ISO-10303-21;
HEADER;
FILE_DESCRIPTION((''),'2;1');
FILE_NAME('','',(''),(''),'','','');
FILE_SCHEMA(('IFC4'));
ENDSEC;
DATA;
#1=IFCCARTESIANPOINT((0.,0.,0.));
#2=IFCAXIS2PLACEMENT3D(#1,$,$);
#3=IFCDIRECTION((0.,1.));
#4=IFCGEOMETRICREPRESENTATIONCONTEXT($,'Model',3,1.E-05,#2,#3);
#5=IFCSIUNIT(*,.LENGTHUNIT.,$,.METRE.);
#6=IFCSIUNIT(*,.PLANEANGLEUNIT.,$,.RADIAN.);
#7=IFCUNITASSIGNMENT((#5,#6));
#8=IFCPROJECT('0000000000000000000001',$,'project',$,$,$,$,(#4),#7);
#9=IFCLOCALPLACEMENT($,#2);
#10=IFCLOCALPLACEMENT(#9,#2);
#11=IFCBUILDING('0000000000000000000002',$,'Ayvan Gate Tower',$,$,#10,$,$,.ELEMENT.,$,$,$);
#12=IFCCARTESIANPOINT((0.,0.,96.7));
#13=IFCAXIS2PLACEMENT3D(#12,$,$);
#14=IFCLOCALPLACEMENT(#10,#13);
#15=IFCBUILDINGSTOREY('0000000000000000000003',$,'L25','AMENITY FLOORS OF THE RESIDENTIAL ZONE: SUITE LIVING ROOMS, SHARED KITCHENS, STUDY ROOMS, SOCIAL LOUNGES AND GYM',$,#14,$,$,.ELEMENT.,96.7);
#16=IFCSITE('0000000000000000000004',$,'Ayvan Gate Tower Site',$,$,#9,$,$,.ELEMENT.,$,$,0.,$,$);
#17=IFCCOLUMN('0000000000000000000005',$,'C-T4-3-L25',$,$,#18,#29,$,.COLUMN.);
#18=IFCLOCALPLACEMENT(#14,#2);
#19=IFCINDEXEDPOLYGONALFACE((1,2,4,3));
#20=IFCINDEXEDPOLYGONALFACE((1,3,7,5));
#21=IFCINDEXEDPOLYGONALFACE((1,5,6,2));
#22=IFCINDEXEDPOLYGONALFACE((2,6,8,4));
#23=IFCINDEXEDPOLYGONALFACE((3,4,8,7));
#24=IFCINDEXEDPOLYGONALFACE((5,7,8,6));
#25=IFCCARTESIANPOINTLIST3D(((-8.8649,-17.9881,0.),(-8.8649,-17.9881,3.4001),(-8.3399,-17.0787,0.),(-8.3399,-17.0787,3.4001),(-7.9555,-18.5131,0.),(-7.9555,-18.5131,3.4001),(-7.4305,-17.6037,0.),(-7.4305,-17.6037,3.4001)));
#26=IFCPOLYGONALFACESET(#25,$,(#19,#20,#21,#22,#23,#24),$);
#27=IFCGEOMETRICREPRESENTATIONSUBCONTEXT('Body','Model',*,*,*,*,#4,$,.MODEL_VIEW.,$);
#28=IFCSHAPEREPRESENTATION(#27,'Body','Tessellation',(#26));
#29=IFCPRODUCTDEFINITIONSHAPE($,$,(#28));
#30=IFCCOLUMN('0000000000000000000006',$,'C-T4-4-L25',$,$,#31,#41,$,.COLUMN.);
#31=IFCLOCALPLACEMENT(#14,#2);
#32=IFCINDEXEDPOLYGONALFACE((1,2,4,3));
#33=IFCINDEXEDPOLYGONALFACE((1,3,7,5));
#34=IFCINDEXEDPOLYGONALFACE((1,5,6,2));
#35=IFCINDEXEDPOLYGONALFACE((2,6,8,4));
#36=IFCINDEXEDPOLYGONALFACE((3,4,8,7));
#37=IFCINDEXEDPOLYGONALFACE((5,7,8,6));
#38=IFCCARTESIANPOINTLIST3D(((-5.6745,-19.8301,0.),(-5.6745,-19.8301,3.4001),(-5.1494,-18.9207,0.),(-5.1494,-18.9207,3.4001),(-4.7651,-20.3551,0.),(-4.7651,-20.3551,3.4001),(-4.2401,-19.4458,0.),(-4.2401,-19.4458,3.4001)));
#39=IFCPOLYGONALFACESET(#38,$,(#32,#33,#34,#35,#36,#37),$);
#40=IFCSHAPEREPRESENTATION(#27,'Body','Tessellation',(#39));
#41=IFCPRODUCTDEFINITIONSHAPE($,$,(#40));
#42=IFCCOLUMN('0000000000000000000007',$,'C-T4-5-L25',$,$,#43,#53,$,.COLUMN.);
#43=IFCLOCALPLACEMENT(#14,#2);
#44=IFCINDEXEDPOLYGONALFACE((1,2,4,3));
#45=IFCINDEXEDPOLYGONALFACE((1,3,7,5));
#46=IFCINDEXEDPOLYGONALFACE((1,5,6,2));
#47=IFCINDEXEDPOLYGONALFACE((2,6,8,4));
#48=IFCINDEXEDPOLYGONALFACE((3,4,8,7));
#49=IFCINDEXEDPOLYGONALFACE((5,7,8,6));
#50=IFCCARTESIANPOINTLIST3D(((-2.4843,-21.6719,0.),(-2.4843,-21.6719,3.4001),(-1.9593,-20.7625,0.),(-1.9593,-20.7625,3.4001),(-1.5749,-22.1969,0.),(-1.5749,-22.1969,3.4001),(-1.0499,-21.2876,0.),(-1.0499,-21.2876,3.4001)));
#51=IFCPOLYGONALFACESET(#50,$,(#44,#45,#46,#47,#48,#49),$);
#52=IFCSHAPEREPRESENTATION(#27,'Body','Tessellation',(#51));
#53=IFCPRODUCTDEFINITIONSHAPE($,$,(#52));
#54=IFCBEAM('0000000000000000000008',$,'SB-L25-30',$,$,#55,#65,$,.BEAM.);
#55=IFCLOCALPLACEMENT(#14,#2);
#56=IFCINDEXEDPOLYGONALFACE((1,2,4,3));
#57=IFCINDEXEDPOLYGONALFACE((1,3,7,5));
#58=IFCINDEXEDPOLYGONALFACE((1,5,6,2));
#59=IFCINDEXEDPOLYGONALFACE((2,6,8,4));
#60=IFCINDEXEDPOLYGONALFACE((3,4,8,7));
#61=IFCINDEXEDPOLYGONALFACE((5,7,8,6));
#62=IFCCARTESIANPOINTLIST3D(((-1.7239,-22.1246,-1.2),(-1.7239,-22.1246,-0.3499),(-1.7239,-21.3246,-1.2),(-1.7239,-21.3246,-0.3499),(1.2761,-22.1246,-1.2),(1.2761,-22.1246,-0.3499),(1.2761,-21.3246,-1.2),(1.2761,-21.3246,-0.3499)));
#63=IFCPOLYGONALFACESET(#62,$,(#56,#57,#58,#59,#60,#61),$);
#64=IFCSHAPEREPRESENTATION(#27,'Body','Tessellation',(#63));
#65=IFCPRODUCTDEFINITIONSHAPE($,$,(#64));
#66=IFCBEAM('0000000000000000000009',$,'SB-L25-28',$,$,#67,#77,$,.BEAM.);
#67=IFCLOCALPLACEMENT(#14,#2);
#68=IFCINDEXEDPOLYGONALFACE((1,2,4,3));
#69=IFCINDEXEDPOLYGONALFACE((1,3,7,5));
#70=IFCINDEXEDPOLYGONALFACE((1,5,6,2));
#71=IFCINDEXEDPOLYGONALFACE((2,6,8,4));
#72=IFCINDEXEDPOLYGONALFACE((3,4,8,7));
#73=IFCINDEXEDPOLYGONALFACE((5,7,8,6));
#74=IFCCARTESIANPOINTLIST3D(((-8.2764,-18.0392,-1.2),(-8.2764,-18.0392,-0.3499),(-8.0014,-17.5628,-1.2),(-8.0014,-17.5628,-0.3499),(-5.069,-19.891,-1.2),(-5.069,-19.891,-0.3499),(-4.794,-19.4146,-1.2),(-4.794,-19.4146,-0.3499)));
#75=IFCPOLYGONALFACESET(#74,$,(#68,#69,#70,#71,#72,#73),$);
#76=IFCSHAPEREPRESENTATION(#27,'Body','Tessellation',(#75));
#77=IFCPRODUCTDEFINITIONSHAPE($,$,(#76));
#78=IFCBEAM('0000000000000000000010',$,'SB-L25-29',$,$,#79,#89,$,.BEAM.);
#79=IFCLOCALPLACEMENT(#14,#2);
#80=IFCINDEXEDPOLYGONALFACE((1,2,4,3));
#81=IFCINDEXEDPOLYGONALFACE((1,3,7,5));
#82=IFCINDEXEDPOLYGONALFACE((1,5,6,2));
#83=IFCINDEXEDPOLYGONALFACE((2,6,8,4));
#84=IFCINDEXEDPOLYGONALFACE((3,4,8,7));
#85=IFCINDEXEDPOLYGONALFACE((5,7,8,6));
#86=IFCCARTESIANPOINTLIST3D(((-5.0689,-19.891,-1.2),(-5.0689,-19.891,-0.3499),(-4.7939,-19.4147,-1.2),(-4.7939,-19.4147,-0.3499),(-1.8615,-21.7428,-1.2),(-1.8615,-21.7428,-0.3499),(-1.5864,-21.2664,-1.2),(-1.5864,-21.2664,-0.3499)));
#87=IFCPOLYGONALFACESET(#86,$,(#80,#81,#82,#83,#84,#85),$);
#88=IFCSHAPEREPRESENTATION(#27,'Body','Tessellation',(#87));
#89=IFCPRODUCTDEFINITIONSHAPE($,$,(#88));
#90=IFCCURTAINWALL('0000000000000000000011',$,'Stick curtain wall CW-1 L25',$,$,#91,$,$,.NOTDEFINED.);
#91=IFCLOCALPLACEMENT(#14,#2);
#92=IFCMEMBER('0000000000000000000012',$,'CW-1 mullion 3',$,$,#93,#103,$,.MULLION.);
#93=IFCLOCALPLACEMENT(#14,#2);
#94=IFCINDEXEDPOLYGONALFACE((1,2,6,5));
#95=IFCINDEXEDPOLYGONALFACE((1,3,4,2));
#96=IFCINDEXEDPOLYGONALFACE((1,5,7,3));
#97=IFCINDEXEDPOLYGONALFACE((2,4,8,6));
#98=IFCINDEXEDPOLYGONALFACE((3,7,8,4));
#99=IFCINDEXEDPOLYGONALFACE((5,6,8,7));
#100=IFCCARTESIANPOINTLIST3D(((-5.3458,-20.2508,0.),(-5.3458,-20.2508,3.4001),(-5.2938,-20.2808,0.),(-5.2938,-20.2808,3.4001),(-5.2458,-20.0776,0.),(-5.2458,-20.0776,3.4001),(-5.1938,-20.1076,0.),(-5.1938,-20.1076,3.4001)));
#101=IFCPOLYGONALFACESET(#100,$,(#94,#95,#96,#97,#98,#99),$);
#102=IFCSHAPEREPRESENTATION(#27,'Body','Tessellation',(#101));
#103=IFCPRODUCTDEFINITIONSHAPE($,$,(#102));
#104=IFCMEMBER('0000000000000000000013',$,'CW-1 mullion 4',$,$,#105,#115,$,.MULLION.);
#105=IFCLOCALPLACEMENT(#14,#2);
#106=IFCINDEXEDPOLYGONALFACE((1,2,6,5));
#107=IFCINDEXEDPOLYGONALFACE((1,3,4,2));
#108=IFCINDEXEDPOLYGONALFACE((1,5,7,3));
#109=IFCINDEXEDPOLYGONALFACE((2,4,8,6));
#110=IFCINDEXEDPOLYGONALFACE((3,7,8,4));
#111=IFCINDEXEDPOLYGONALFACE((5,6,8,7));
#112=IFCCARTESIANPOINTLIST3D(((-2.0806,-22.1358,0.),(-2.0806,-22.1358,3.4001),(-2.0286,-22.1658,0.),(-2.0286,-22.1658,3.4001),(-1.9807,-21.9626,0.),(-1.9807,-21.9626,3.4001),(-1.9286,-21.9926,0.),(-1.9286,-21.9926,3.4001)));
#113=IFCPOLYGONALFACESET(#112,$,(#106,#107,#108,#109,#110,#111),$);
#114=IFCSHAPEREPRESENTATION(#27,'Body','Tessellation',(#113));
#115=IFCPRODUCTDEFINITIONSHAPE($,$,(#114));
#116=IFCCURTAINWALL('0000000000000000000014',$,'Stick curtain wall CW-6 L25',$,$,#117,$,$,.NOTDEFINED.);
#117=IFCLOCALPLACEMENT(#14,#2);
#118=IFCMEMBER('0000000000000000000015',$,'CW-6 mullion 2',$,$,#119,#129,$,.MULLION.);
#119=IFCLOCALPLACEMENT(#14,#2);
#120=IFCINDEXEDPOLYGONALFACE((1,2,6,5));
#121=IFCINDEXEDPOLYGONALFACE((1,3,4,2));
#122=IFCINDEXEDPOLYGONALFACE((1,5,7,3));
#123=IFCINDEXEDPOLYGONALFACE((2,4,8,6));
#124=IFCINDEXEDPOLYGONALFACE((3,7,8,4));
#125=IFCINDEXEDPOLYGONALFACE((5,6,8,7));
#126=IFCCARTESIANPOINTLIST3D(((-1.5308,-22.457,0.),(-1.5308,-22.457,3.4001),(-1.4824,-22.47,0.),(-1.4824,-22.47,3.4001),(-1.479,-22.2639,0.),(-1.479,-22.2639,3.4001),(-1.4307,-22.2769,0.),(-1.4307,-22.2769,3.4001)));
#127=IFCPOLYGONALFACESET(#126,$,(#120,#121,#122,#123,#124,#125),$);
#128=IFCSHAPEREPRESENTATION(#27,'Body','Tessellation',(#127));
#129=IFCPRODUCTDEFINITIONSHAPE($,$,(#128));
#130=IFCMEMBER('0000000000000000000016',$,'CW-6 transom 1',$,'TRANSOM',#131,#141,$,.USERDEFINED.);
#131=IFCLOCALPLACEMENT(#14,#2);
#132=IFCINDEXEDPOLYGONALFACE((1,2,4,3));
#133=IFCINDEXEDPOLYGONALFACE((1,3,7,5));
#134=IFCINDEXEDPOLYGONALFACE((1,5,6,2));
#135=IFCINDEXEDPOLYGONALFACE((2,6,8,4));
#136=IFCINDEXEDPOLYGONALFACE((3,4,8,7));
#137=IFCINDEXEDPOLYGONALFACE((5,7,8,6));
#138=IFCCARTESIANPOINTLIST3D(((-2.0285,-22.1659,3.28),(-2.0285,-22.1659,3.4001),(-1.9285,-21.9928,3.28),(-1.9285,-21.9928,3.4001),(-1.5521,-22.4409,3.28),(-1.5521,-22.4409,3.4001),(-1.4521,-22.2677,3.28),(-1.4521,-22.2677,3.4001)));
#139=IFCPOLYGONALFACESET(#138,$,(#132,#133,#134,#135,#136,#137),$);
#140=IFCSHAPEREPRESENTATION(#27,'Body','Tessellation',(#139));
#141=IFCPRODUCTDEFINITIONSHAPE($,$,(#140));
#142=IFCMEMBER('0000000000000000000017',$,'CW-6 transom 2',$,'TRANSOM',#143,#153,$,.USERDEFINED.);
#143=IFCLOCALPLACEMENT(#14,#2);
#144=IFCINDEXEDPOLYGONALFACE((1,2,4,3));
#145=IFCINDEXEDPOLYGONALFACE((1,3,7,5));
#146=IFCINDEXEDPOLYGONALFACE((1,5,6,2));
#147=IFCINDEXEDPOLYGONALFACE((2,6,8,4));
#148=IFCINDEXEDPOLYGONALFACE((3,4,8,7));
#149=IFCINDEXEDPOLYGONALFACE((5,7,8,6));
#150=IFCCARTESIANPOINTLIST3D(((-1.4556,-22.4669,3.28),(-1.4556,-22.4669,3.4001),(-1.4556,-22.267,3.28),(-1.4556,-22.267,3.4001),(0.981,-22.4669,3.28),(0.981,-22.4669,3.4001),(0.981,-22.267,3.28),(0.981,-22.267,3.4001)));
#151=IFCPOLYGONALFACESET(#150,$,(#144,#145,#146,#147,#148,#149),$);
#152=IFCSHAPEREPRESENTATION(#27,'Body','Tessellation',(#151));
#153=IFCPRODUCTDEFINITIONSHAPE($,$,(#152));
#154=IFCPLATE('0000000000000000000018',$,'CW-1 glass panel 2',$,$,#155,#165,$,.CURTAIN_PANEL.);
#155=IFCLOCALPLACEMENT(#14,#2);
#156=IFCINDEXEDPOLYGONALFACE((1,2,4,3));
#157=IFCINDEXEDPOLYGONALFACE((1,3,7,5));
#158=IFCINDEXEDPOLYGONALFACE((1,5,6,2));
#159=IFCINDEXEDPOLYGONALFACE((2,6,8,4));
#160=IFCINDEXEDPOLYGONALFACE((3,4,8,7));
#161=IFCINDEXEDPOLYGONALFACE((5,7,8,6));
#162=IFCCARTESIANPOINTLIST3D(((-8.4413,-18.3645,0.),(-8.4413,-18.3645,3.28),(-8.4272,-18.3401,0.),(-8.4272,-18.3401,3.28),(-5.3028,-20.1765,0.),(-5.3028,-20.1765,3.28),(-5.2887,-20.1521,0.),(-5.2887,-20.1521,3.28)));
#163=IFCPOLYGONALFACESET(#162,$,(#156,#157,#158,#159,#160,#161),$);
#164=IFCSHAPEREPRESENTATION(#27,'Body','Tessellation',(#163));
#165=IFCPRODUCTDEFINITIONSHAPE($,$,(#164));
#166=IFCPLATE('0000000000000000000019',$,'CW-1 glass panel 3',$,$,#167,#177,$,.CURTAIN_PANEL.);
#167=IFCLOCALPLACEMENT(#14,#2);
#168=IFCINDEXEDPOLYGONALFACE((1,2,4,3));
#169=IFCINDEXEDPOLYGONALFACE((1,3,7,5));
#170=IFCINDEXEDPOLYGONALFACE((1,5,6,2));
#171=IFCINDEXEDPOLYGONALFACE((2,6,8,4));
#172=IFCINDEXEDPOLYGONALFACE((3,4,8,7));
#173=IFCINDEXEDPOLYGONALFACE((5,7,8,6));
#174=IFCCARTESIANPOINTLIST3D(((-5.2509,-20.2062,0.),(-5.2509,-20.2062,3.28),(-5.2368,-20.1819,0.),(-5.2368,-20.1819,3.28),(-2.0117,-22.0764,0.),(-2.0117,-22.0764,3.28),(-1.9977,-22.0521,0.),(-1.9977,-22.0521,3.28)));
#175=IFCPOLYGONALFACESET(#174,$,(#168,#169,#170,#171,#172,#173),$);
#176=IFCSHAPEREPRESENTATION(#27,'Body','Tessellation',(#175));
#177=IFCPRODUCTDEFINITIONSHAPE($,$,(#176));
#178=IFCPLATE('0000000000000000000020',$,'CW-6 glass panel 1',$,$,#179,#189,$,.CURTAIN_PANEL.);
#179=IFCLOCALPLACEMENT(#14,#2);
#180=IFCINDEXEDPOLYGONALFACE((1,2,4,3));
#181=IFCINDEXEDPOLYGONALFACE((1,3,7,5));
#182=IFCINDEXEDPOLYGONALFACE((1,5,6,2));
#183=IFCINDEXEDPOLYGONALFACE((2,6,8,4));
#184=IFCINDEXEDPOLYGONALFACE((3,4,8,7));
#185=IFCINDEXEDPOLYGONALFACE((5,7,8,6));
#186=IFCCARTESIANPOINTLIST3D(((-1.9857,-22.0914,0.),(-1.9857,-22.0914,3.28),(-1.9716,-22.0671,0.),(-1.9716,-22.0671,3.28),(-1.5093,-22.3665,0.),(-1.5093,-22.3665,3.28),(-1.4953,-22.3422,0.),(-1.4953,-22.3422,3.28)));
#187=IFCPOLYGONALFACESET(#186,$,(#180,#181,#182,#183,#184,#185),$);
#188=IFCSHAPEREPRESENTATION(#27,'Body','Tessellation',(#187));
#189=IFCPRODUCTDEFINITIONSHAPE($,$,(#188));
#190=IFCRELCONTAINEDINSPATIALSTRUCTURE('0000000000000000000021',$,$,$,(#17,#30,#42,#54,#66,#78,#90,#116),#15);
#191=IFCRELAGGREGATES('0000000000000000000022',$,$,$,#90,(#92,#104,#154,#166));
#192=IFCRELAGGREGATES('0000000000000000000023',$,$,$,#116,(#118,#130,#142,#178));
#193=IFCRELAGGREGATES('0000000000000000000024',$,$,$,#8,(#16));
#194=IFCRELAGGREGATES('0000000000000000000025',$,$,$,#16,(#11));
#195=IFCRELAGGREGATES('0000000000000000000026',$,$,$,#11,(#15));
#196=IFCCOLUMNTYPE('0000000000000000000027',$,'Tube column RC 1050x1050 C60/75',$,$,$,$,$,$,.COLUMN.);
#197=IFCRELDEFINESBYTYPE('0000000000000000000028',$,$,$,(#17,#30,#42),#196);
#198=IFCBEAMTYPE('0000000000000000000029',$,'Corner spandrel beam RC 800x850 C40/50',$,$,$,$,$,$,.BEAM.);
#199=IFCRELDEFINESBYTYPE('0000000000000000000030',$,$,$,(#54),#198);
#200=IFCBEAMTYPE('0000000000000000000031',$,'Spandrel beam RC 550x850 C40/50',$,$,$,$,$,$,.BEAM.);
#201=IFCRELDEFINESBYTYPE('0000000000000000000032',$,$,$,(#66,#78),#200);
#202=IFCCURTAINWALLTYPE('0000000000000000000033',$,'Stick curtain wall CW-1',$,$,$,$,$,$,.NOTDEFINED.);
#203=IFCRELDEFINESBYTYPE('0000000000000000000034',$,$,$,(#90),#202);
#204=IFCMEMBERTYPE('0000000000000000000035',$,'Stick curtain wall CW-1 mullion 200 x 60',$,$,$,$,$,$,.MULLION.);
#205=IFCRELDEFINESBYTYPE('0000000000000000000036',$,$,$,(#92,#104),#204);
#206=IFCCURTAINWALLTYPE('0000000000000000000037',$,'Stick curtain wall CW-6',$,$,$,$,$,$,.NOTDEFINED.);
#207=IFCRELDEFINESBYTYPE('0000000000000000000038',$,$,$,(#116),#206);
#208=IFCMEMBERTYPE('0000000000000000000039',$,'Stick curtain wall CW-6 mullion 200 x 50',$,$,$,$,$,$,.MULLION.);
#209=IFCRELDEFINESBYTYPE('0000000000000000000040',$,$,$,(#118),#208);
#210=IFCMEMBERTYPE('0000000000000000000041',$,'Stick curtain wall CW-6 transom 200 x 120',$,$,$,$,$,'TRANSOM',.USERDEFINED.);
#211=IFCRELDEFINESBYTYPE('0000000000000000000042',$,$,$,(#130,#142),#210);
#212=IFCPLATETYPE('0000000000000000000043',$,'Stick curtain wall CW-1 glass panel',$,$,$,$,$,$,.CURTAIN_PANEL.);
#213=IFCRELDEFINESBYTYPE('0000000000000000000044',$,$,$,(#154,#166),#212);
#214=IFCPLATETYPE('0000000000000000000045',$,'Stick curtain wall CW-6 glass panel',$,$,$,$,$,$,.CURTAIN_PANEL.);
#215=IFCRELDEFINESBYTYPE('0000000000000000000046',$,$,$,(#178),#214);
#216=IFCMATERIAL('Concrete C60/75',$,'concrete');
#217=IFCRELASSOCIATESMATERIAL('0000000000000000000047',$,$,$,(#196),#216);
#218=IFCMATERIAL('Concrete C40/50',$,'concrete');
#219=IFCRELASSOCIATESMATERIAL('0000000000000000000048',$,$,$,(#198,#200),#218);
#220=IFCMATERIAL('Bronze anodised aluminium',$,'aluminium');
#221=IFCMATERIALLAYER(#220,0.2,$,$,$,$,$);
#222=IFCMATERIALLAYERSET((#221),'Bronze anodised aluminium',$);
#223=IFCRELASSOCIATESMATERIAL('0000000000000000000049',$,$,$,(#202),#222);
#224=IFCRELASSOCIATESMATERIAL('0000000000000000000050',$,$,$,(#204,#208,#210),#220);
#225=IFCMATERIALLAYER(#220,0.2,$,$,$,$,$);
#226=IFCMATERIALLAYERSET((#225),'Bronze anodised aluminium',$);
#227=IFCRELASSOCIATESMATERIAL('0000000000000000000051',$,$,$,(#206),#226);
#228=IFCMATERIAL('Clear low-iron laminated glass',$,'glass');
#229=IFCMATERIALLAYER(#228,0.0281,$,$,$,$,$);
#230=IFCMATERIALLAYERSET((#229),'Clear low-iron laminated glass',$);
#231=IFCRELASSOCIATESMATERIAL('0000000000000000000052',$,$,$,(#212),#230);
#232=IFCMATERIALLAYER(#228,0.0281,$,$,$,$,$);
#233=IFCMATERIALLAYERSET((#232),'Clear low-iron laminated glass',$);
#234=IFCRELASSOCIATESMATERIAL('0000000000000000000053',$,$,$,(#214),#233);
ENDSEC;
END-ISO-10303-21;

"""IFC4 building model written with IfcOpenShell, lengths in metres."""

from ifc_helpers import new_model, si_unit, direction, frame, origin, origin_2d, place, context, subcontext, project, spatial, rectangle, extrude, material, layer, layer_set, material_profile, profile_set, type_object, element, aggregate, save


model = new_model("IFC4")

# Units and contexts
model_context = context("Model", 3, precision=1e-05, world=origin(), true_north=direction((0.0, 1.0)))
body_context = subcontext(model_context, "Body", "Model", "MODEL_VIEW")
ifc_project = project(units=[si_unit("LENGTHUNIT", "METRE"), si_unit("PLANEANGLEUNIT", "RADIAN")], contexts=[model_context])

# Site, building, storey
site_placement = place(None, origin())
site = spatial("IfcSite", under=ifc_project, at=site_placement, Name="Ayvan Gate Tower Site", CompositionType="ELEMENT", RefElevation=0.0)
building_placement = place(site_placement, origin())
building = spatial("IfcBuilding", under=site, at=building_placement, Name="Ayvan Gate Tower", CompositionType="ELEMENT")
storey_placement = place(building_placement, frame((0.0, 0.0, 96.7)))
storey = spatial("IfcBuildingStorey", under=building, at=storey_placement, Name="L25", Description="AMENITY FLOORS OF THE RESIDENTIAL ZONE: SUITE LIVING ROOMS, SHARED KITCHENS, STUDY ROOMS, SOCIAL LOUNGES AND GYM", CompositionType="ELEMENT", Elevation=96.7)

# Columns
ifc_material_1 = material(Name="Concrete C60/75", Category="concrete")
ifc_material_profile_1 = material_profile(ifc_material_1, rectangle(XDim=1.05, YDim=1.05, at=origin_2d()), Name="RC 1050x1050")
ifc_profile_set_1 = profile_set([ifc_material_profile_1], Name="Concrete C60/75")
column_type = type_object("IfcColumnType", Name="Tube column RC 1050x1050 C60/75", PredefinedType="COLUMN", material=ifc_profile_set_1)
for number, where, z_axis, x_axis, name in (
    (1, (-8.1477, -17.7959, 0.0), (0.0, 0.0, 1.0), (-0.5, -0.866025, 0.0), "C-T4-3-L25"),
    (2, (-4.9573, -19.6379, 0.0), (0.0, 0.0, 1.0), (-0.5, -0.866025, 0.0), "C-T4-4-L25"),
    (3, (-1.7671, -21.4797, 0.0), (0.0, 0.0, 1.0), (-0.5, -0.866025, 0.0), "C-T4-5-L25"),
):
    element("IfcColumn", number, at=place(storey_placement, frame(where, z_axis=z_axis, x_axis=x_axis)), inside=storey, type_object=column_type, Name=name, PredefinedType="COLUMN", context=body_context, shape_type="SweptSolid", body=[
        extrude(rectangle(XDim=1.05, YDim=1.05, at=origin_2d()), origin(), (0.0, 0.0, 1.0), 3.4001),
    ])

# Beams
ifc_material_2 = material(Name="Concrete C40/50", Category="concrete")
ifc_material_profile_2 = material_profile(ifc_material_2, rectangle(XDim=0.8, YDim=0.8501, at=origin_2d()), Name="RC 800x850")
ifc_profile_set_2 = profile_set([ifc_material_profile_2], Name="Concrete C40/50")
beam_type_1 = type_object("IfcBeamType", Name="Corner spandrel beam RC 800x850 C40/50", PredefinedType="BEAM", material=ifc_profile_set_2)
beam_placement = place(storey_placement, frame((-1.7239, -21.7246, -0.7749), z_axis=(1.0, 0.0, 0.0), x_axis=(0.0, 1.0, 0.0)))
element("IfcBeam", 4, at=beam_placement, inside=storey, type_object=beam_type_1, Name="SB-L25-30", PredefinedType="BEAM", context=body_context, shape_type="SweptSolid", body=[
    extrude(rectangle(XDim=0.8, YDim=0.8501, at=origin_2d()), origin(), (0.0, 0.0, 1.0), 3.0),
])
ifc_material_profile_3 = material_profile(ifc_material_2, rectangle(XDim=0.55, YDim=0.8501, at=origin_2d()), Name="RC 550x850")
ifc_profile_set_3 = profile_set([ifc_material_profile_3], Name="Concrete C40/50")
beam_type_2 = type_object("IfcBeamType", Name="Spandrel beam RC 550x850 C40/50", PredefinedType="BEAM", material=ifc_profile_set_3)
for number, where, z_axis, x_axis, name in (
    (5, (-8.1389, -17.801, -0.7749), (0.866032, -0.499989, 0.0), (0.499989, 0.866032, 0.0), "SB-L25-28"),
    (6, (-4.9314, -19.6528, -0.7749), (0.866032, -0.499989, 0.0), (0.499989, 0.866032, 0.0), "SB-L25-29"),
):
    element("IfcBeam", number, at=place(storey_placement, frame(where, z_axis=z_axis, x_axis=x_axis)), inside=storey, type_object=beam_type_2, Name=name, PredefinedType="BEAM", context=body_context, shape_type="SweptSolid", body=[
        extrude(rectangle(XDim=0.55, YDim=0.8501, at=origin_2d()), origin(), (0.0, 0.0, 1.0), 3.7036),
    ])

# Curtain walls, members
ifc_material_3 = material(Name="Bronze anodised aluminium", Category="aluminium")
ifc_layer_1 = layer(ifc_material_3, 0.2)
ifc_layer_set_1 = layer_set([ifc_layer_1], Name="Bronze anodised aluminium")
curtain_wall_type_1 = type_object("IfcCurtainWallType", Name="Stick curtain wall CW-1", PredefinedType="NOTDEFINED", material=ifc_layer_set_1)
curtain_wall_1_placement = place(storey_placement, origin())
curtain_wall_1 = element("IfcCurtainWall", 7, at=curtain_wall_1_placement, inside=storey, type_object=curtain_wall_type_1, Name="Stick curtain wall CW-1 L25", PredefinedType="NOTDEFINED")
ifc_material_profile_4 = material_profile(ifc_material_3, rectangle(XDim=0.2, YDim=0.0601, at=origin_2d()), Name="Stick curtain wall CW-1 mullion 200 x 60")
ifc_profile_set_4 = profile_set([ifc_material_profile_4], Name="Bronze anodised aluminium")
member_type_1 = type_object("IfcMemberType", Name="Stick curtain wall CW-1 mullion 200 x 60", PredefinedType="MULLION", material=ifc_profile_set_4)
member_1_placement = place(storey_placement, frame((-5.2698, -20.1792, 0.0), z_axis=(0.0, 0.0, 1.0), x_axis=(-0.5, -0.866025, 0.0)))
member_1 = element("IfcMember", 8, at=member_1_placement, type_object=member_type_1, Name="CW-1 mullion 3", PredefinedType="MULLION", context=body_context, shape_type="SweptSolid", body=[
    extrude(rectangle(XDim=0.2, YDim=0.0601, at=origin_2d()), origin(), (0.0, 0.0, 1.0), 3.4001),
])
member_2_placement = place(storey_placement, frame((-2.0046, -22.0642, 0.0), z_axis=(0.0, 0.0, 1.0), x_axis=(-0.5, -0.866025, 0.0)))
member_2 = element("IfcMember", 9, at=member_2_placement, type_object=member_type_1, Name="CW-1 mullion 4", PredefinedType="MULLION", context=body_context, shape_type="SweptSolid", body=[
    extrude(rectangle(XDim=0.2, YDim=0.0601, at=origin_2d()), origin(), (0.0, 0.0, 1.0), 3.4001),
])
ifc_layer_2 = layer(ifc_material_3, 0.2)
ifc_layer_set_2 = layer_set([ifc_layer_2], Name="Bronze anodised aluminium")
curtain_wall_type_2 = type_object("IfcCurtainWallType", Name="Stick curtain wall CW-6", PredefinedType="NOTDEFINED", material=ifc_layer_set_2)
curtain_wall_2_placement = place(storey_placement, origin())
curtain_wall_2 = element("IfcCurtainWall", 10, at=curtain_wall_2_placement, inside=storey, type_object=curtain_wall_type_2, Name="Stick curtain wall CW-6 L25", PredefinedType="NOTDEFINED")
ifc_material_profile_5 = material_profile(ifc_material_3, rectangle(XDim=0.2, YDim=0.05, at=origin_2d()), Name="Stick curtain wall CW-6 mullion 200 x 50")
ifc_profile_set_5 = profile_set([ifc_material_profile_5], Name="Bronze anodised aluminium")
member_type_2 = type_object("IfcMemberType", Name="Stick curtain wall CW-6 mullion 200 x 50", PredefinedType="MULLION", material=ifc_profile_set_5)
member_3_placement = place(storey_placement, frame((-1.4807, -22.3669, 0.0), z_axis=(0.0, 0.0, 1.0), x_axis=(-0.258819, -0.965926, 0.0)))
member_3 = element("IfcMember", 11, at=member_3_placement, type_object=member_type_2, Name="CW-6 mullion 2", PredefinedType="MULLION", context=body_context, shape_type="SweptSolid", body=[
    extrude(rectangle(XDim=0.2, YDim=0.05, at=origin_2d()), origin(), (0.0, 0.0, 1.0), 3.4001),
])
ifc_material_profile_6 = material_profile(ifc_material_3, rectangle(XDim=0.2, YDim=0.1201, at=origin_2d()), Name="Stick curtain wall CW-6 transom 200 x 120")
ifc_profile_set_6 = profile_set([ifc_material_profile_6], Name="Bronze anodised aluminium")
member_type_3 = type_object("IfcMemberType", Name="Stick curtain wall CW-6 transom 200 x 120", ElementType="TRANSOM", PredefinedType="USERDEFINED", material=ifc_profile_set_6)
member_4_placement = place(storey_placement, frame((-1.9785, -22.0793, 3.3401), z_axis=(0.866104, -0.499863, 0.0), x_axis=(0.499863, 0.866104, 0.0)))
member_4 = element("IfcMember", 12, at=member_4_placement, type_object=member_type_3, Name="CW-6 transom 1", ObjectType="TRANSOM", PredefinedType="USERDEFINED", context=body_context, shape_type="SweptSolid", body=[
    extrude(rectangle(XDim=0.2, YDim=0.1201, at=origin_2d()), origin(), (0.0, 0.0, 1.0), 0.55),
])
member_5_placement = place(storey_placement, frame((-1.4556, -22.3669, 3.3401), z_axis=(1.0, 0.0, 0.0), x_axis=(0.0, 1.0, 0.0)))
member_5 = element("IfcMember", 13, at=member_5_placement, type_object=member_type_3, Name="CW-6 transom 2", ObjectType="TRANSOM", PredefinedType="USERDEFINED", context=body_context, shape_type="SweptSolid", body=[
    extrude(rectangle(XDim=0.2, YDim=0.1201, at=origin_2d()), origin(), (0.0, 0.0, 1.0), 2.4365),
])

# Plates
ifc_material_4 = material(Name="Clear low-iron laminated glass", Category="glass")
ifc_layer_3 = layer(ifc_material_4, 0.0281)
ifc_layer_set_3 = layer_set([ifc_layer_3], Name="Clear low-iron laminated glass")
plate_type_1 = type_object("IfcPlateType", Name="Stick curtain wall CW-1 glass panel", PredefinedType="CURTAIN_PANEL", material=ifc_layer_set_3)
plate_1_placement = place(storey_placement, frame((-6.865, -19.2583, 0.0), z_axis=(0.0, 0.0, 1.0), x_axis=(0.866025, -0.5, 0.0)))
plate_1 = element("IfcPlate", 14, at=plate_1_placement, type_object=plate_type_1, Name="CW-1 glass panel 2", PredefinedType="CURTAIN_PANEL", context=body_context, shape_type="SweptSolid", body=[
    extrude(rectangle(XDim=3.624, YDim=0.0281, at=origin_2d()), origin(), (0.0, 0.0, 1.0), 3.28),
])
plate_2_placement = place(storey_placement, frame((-3.6243, -21.1292, 0.0), z_axis=(0.0, 0.0, 1.0), x_axis=(0.866025, -0.5, 0.0)))
plate_2 = element("IfcPlate", 15, at=plate_2_placement, type_object=plate_type_1, Name="CW-1 glass panel 3", PredefinedType="CURTAIN_PANEL", context=body_context, shape_type="SweptSolid", body=[
    extrude(rectangle(XDim=3.7402, YDim=0.0281, at=origin_2d()), origin(), (0.0, 0.0, 1.0), 3.28),
])
aggregate(curtain_wall_1, [member_1, member_2, plate_1, plate_2])
ifc_layer_4 = layer(ifc_material_4, 0.0281)
ifc_layer_set_4 = layer_set([ifc_layer_4], Name="Clear low-iron laminated glass")
plate_type_2 = type_object("IfcPlateType", Name="Stick curtain wall CW-6 glass panel", PredefinedType="CURTAIN_PANEL", material=ifc_layer_set_4)
plate_3_placement = place(storey_placement, frame((-1.7405, -22.2168, 0.0), z_axis=(0.0, 0.0, 1.0), x_axis=(0.866025, -0.5, 0.0)))
plate_3 = element("IfcPlate", 16, at=plate_3_placement, type_object=plate_type_2, Name="CW-6 glass panel 1", PredefinedType="CURTAIN_PANEL", context=body_context, shape_type="SweptSolid", body=[
    extrude(rectangle(XDim=0.55, YDim=0.0281, at=origin_2d()), origin(), (0.0, 0.0, 1.0), 3.28),
])
aggregate(curtain_wall_2, [member_3, member_4, member_5, plate_3])

save(model, "model.ifc")
